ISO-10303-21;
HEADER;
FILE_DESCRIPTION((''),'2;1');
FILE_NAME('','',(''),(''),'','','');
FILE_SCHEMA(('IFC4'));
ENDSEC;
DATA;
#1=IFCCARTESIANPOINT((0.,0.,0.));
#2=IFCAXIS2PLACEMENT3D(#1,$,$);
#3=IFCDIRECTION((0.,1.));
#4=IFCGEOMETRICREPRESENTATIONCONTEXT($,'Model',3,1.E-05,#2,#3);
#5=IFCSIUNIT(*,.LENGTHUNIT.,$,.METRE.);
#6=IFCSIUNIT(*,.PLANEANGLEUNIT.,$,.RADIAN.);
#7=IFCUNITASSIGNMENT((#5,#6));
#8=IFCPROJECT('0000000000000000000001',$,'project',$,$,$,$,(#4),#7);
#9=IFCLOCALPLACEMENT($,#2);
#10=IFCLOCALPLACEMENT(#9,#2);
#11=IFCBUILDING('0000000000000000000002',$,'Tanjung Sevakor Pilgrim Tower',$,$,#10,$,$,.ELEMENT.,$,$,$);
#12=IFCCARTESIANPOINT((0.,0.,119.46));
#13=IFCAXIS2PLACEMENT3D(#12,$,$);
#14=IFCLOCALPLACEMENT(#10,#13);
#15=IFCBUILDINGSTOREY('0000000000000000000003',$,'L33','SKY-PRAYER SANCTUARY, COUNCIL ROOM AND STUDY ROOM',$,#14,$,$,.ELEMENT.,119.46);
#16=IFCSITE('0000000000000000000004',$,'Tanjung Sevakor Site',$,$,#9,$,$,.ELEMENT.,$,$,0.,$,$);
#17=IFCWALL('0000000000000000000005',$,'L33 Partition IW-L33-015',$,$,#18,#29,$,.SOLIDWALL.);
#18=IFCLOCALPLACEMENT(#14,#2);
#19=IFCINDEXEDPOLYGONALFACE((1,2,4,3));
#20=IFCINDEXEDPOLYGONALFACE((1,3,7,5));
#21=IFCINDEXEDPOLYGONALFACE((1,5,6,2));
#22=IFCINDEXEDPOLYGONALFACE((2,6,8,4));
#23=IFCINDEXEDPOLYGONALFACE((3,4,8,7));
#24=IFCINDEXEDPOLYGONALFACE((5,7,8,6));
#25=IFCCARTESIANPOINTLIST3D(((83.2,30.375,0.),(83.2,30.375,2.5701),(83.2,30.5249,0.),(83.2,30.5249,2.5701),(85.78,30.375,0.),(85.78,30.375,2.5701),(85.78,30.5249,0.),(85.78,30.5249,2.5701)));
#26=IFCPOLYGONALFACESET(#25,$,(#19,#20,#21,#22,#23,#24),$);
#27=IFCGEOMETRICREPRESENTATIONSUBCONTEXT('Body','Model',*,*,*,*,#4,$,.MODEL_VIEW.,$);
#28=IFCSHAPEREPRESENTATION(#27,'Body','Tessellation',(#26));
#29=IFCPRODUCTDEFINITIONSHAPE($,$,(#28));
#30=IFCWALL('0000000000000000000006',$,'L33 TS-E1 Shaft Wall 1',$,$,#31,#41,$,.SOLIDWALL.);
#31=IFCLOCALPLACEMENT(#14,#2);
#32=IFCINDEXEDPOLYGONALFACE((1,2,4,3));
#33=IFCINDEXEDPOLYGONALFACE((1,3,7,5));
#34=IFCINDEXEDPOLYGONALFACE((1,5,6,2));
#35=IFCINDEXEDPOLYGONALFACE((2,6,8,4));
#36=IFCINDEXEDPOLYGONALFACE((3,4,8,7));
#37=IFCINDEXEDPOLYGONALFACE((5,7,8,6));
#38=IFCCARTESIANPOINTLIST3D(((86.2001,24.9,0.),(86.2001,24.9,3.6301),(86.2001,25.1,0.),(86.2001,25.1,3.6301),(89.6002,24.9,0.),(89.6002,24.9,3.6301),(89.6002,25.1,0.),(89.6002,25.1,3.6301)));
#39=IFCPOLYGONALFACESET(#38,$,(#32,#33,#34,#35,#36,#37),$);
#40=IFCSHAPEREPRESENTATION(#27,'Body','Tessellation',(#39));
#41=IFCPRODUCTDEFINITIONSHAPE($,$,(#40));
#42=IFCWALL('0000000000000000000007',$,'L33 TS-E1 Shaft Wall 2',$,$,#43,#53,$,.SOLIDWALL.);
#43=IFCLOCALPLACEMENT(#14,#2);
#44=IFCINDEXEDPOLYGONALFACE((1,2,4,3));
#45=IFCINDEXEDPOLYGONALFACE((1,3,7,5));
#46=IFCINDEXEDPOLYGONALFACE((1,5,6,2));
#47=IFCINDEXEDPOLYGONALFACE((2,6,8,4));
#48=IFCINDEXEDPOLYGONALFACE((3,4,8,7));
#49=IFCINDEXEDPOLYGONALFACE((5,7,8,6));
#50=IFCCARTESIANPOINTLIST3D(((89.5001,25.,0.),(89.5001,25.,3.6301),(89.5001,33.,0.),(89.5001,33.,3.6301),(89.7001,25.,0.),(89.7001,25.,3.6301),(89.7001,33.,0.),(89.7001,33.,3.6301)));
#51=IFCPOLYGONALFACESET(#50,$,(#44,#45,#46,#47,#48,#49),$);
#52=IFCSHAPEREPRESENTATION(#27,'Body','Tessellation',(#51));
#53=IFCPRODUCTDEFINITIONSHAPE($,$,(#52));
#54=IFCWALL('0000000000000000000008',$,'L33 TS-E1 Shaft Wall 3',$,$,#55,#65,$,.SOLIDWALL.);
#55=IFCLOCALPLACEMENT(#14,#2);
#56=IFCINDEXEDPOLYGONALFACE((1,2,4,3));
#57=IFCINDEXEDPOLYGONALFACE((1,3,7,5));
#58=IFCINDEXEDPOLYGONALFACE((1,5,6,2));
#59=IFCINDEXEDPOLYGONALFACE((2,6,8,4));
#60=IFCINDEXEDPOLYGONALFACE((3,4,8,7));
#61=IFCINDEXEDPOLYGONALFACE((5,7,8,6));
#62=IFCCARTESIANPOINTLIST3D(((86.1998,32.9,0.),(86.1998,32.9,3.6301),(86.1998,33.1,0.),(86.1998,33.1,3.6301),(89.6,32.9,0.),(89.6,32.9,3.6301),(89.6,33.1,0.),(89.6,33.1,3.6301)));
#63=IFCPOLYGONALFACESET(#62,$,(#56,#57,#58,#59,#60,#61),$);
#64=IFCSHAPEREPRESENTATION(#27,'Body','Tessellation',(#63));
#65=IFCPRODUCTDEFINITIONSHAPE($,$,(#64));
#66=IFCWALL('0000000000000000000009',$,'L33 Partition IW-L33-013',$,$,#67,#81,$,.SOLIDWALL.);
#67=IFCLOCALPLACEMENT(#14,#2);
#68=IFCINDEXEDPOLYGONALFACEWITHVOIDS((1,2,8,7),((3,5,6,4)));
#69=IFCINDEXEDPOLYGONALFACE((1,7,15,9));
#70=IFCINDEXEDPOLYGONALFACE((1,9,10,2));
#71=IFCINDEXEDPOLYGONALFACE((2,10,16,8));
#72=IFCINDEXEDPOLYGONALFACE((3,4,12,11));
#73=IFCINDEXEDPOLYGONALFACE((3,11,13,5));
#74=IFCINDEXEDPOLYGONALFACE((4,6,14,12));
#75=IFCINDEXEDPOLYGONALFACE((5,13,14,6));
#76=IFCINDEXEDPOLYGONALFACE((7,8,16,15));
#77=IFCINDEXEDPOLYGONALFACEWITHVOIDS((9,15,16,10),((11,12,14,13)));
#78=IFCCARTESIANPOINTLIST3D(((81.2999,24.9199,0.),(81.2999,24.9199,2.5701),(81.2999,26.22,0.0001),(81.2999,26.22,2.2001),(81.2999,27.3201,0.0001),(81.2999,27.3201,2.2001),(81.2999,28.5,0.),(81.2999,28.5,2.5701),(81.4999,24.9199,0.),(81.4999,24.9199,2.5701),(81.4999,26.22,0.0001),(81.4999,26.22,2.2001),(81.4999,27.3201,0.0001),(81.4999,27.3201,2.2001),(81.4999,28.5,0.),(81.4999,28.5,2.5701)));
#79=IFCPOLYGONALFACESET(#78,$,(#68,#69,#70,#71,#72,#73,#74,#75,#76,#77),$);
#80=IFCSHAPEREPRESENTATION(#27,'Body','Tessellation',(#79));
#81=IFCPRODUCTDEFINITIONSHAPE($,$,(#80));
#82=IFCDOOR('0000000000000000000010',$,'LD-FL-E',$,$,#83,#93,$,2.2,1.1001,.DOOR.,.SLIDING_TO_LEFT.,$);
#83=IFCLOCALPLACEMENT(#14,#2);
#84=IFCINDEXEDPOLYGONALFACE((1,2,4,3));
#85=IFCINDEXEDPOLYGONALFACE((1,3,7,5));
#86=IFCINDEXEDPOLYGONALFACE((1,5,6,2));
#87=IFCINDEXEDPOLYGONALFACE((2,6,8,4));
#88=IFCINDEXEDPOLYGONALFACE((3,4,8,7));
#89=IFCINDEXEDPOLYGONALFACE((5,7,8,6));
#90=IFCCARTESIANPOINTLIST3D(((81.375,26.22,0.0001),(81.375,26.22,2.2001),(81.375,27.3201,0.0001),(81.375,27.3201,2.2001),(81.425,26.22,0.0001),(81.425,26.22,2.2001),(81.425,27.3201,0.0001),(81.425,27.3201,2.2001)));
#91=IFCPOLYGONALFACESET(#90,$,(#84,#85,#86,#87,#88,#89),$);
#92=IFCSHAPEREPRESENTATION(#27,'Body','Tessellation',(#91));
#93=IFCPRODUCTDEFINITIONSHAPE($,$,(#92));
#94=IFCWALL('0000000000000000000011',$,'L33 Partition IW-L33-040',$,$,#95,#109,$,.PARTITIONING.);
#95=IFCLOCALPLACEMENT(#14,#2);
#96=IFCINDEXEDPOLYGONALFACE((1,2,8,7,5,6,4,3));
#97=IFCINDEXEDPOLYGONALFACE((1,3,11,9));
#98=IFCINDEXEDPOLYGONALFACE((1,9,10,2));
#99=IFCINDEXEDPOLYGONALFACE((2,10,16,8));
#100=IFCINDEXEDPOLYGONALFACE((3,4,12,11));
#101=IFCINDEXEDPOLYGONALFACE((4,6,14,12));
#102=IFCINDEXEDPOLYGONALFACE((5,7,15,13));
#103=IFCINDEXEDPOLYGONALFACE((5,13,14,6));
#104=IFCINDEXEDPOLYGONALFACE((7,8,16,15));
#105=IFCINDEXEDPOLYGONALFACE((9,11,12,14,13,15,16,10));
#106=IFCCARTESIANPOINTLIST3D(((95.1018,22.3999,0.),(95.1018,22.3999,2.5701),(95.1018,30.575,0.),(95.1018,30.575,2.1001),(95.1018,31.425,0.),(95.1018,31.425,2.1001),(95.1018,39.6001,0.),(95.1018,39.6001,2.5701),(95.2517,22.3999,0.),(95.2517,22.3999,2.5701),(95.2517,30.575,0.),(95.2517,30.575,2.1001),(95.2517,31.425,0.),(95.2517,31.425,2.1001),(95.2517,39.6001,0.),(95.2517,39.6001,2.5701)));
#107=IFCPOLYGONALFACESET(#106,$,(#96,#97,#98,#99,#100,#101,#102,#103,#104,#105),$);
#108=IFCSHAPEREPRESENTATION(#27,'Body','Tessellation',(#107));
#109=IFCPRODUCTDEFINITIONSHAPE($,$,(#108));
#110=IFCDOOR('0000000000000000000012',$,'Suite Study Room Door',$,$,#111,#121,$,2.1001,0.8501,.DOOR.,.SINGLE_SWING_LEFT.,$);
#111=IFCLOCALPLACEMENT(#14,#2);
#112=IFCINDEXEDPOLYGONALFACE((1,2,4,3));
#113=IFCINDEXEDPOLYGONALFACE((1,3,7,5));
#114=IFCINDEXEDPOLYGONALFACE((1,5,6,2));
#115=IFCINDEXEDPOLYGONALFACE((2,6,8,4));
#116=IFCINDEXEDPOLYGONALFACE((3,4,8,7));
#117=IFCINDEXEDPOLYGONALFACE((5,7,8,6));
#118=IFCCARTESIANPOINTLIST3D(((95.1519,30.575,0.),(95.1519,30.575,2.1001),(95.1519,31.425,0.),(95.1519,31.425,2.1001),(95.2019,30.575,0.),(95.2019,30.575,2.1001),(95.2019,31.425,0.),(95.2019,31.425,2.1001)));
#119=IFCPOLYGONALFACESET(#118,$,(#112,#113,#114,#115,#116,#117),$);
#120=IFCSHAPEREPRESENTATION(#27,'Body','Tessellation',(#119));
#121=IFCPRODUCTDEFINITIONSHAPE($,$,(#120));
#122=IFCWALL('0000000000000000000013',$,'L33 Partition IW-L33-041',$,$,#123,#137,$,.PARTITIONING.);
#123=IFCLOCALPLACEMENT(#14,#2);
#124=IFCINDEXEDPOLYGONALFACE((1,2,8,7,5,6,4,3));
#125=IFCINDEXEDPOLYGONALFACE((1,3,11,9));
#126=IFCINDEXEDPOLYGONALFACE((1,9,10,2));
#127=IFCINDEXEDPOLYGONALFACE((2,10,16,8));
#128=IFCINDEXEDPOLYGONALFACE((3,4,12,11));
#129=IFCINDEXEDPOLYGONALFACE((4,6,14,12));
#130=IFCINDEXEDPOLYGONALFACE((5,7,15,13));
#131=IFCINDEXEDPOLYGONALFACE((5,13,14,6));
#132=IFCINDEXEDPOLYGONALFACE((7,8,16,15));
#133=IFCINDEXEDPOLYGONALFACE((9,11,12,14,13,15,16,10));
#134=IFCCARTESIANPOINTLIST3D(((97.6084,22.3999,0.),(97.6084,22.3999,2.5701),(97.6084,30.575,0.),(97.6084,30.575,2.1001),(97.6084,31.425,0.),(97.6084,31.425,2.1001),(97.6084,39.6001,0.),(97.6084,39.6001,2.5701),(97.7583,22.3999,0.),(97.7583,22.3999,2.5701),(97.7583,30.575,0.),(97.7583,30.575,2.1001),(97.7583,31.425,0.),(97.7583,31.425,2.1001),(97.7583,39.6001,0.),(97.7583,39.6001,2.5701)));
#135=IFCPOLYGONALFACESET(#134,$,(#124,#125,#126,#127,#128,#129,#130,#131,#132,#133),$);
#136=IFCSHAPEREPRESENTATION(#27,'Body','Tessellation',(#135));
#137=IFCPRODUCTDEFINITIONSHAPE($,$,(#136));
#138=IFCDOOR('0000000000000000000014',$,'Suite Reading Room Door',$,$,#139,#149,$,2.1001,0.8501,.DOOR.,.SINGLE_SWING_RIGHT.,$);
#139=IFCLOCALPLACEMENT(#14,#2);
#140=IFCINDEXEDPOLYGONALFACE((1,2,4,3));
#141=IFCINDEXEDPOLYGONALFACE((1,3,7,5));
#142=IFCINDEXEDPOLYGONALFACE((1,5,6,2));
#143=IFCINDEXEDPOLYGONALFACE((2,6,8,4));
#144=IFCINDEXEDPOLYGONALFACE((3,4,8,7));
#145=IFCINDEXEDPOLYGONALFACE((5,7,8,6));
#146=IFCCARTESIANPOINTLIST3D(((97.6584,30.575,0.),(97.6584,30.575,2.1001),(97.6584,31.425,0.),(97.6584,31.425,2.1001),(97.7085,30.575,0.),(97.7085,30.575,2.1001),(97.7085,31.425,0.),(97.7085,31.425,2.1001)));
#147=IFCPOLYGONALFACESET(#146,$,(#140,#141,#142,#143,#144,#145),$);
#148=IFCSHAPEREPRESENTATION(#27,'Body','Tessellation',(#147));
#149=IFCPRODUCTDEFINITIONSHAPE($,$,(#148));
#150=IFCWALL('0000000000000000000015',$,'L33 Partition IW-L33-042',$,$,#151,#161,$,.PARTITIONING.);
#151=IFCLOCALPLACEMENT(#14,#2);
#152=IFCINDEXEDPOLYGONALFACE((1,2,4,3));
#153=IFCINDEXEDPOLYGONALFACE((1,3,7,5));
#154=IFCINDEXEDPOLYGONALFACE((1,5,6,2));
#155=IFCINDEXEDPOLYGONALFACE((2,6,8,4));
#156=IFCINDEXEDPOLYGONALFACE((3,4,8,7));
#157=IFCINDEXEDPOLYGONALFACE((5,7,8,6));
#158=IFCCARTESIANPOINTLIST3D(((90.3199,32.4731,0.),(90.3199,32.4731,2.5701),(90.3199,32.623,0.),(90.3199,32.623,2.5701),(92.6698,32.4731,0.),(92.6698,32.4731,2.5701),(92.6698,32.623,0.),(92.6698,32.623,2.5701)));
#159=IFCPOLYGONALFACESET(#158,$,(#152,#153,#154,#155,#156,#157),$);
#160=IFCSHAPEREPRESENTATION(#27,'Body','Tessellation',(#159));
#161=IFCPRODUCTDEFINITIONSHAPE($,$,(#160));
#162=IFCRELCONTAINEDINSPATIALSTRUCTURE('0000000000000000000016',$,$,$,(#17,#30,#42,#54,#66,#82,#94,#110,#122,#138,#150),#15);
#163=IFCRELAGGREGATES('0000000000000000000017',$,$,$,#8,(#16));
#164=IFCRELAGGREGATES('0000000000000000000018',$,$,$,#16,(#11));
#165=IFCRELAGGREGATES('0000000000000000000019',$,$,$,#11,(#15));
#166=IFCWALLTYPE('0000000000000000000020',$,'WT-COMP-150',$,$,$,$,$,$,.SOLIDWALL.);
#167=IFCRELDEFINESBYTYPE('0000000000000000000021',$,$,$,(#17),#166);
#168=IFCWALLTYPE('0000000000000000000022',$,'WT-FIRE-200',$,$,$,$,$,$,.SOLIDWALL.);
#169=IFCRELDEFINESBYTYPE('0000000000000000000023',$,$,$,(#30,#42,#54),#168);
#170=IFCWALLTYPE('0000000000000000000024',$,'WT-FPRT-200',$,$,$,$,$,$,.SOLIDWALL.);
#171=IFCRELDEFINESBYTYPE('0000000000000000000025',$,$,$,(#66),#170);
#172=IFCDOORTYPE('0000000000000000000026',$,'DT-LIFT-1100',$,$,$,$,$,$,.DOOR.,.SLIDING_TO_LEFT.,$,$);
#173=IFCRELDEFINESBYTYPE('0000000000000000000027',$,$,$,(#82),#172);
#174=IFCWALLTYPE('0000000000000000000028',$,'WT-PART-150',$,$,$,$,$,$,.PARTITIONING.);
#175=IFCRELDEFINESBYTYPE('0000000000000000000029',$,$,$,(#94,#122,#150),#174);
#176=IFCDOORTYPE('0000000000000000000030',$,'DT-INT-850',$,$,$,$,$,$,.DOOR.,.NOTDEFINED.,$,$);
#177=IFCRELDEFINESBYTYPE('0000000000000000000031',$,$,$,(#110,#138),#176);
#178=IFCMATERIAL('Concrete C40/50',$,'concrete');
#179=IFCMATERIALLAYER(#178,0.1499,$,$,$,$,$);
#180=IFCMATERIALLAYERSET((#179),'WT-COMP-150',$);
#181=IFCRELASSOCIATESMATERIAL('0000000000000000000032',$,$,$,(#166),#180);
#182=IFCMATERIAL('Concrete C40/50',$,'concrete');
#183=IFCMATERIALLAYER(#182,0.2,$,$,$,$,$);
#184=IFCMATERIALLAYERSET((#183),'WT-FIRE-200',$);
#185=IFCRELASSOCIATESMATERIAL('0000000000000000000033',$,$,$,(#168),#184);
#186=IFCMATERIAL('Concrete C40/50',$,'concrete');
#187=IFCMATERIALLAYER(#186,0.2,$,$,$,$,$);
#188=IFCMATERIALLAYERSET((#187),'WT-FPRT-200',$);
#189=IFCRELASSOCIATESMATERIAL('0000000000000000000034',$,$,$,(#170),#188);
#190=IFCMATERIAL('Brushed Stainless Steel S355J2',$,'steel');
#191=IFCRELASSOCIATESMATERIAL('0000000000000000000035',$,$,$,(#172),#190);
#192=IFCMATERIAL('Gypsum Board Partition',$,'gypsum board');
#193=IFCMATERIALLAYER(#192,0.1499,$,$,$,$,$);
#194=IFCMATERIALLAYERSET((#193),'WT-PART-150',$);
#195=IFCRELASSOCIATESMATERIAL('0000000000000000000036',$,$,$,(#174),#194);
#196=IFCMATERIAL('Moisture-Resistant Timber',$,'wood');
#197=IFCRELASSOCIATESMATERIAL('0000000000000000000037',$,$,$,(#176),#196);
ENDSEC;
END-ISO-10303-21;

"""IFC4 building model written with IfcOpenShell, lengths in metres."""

from ifc_helpers import new_model, si_unit, direction, frame, frame_2d, origin, place, context, subcontext, project, spatial, rectangle, extrude, material, layer, layer_set, type_object, element, fill, save


model = new_model("IFC4")

# Units and contexts
model_context = context("Model", 3, precision=1e-05, world=origin(), true_north=direction((0.0, 1.0)))
body_context = subcontext(model_context, "Body", "Model", "MODEL_VIEW")
ifc_project = project(units=[si_unit("LENGTHUNIT", "METRE"), si_unit("PLANEANGLEUNIT", "RADIAN")], contexts=[model_context])

# Site, building, storey
site_placement = place(None, origin())
site = spatial("IfcSite", under=ifc_project, at=site_placement, Name="Tanjung Sevakor Site", CompositionType="ELEMENT", RefElevation=0.0)
building_placement = place(site_placement, origin())
building = spatial("IfcBuilding", under=site, at=building_placement, Name="Tanjung Sevakor Pilgrim Tower", CompositionType="ELEMENT")
storey_placement = place(building_placement, frame((0.0, 0.0, 119.46)))
storey = spatial("IfcBuildingStorey", under=building, at=storey_placement, Name="L33", Description="SKY-PRAYER SANCTUARY, COUNCIL ROOM AND STUDY ROOM", CompositionType="ELEMENT", Elevation=119.46)

# Wall
ifc_material_1 = material(Name="Concrete C40/50", Category="concrete")
ifc_layer_1 = layer(ifc_material_1, 0.1499)
ifc_layer_set_1 = layer_set([ifc_layer_1], Name="WT-COMP-150")
wall_type_1 = type_object("IfcWallType", Name="WT-COMP-150", PredefinedType="SOLIDWALL", material=ifc_layer_set_1)
wall_1_placement = place(storey_placement, frame((83.2, 30.45, 0.0), z_axis=(0.0, 0.0, 1.0), x_axis=(1.0, 0.0, 0.0)))
element("IfcWall", 1, at=wall_1_placement, inside=storey, type_object=wall_type_1, Name="L33 Partition IW-L33-015", PredefinedType="SOLIDWALL", context=body_context, shape_type="SweptSolid", body=[
    extrude(rectangle(XDim=2.5801, YDim=0.1499, at=frame_2d((1.29, 0.0))), origin(), (0.0, 0.0, 1.0), 2.5701),
])

# Walls
ifc_material_2 = material(Name="Concrete C40/50", Category="concrete")
ifc_layer_2 = layer(ifc_material_2, 0.2)
ifc_layer_set_2 = layer_set([ifc_layer_2], Name="WT-FIRE-200")
wall_type_2 = type_object("IfcWallType", Name="WT-FIRE-200", PredefinedType="SOLIDWALL", material=ifc_layer_set_2)
wall_2_placement = place(storey_placement, frame((86.2, 25.0, 0.0), z_axis=(0.0, 0.0, 1.0), x_axis=(1.0, 0.0, 0.0)))
element("IfcWall", 2, at=wall_2_placement, inside=storey, type_object=wall_type_2, Name="L33 TS-E1 Shaft Wall 1", PredefinedType="SOLIDWALL", context=body_context, shape_type="SweptSolid", body=[
    extrude(rectangle(XDim=3.4001, YDim=0.2, at=frame_2d((1.7002, 0.0))), origin(), (0.0, 0.0, 1.0), 3.6301),
])
wall_3_placement = place(storey_placement, frame((89.6001, 25.0, 0.0), z_axis=(0.0, 0.0, 1.0), x_axis=(0.0, 1.0, 0.0)))
element("IfcWall", 3, at=wall_3_placement, inside=storey, type_object=wall_type_2, Name="L33 TS-E1 Shaft Wall 2", PredefinedType="SOLIDWALL", context=body_context, shape_type="SweptSolid", body=[
    extrude(rectangle(XDim=8.0, YDim=0.2, at=frame_2d((4.0, 0.0))), origin(), (0.0, 0.0, 1.0), 3.6301),
])
wall_4_placement = place(storey_placement, frame((89.6001, 33.0, 0.0), z_axis=(0.0, 0.0, 1.0), x_axis=(-1.0, 0.0, 0.0)))
element("IfcWall", 4, at=wall_4_placement, inside=storey, type_object=wall_type_2, Name="L33 TS-E1 Shaft Wall 3", PredefinedType="SOLIDWALL", context=body_context, shape_type="SweptSolid", body=[
    extrude(rectangle(XDim=3.4001, YDim=0.2, at=frame_2d((1.7002, 0.0))), origin(), (0.0, 0.0, 1.0), 3.6301),
])

# Walls, openings, doors
ifc_material_3 = material(Name="Concrete C40/50", Category="concrete")
ifc_layer_3 = layer(ifc_material_3, 0.2)
ifc_layer_set_3 = layer_set([ifc_layer_3], Name="WT-FPRT-200")
wall_type_3 = type_object("IfcWallType", Name="WT-FPRT-200", PredefinedType="SOLIDWALL", material=ifc_layer_set_3)
wall_5_placement = place(storey_placement, frame((81.3999, 24.9199, 0.0), z_axis=(0.0, 0.0, 1.0), x_axis=(0.0, 1.0, 0.0)))
wall_5 = element("IfcWall", 5, at=wall_5_placement, inside=storey, type_object=wall_type_3, Name="L33 Partition IW-L33-013", PredefinedType="SOLIDWALL", context=body_context, shape_type="SweptSolid", body=[
    extrude(rectangle(XDim=3.5801, YDim=0.2, at=frame_2d((1.79, 0.0))), origin(), (0.0, 0.0, 1.0), 2.5701),
])
opening_1_placement = place(wall_5_placement, frame((1.3, 0.0, 0.0)))
opening_1 = element("IfcOpeningElement", 6, at=opening_1_placement, cuts=wall_5, PredefinedType="OPENING", context=body_context, shape_type="SweptSolid", body=[
    extrude(rectangle(XDim=1.1001, YDim=2.2, at=frame_2d((0.55, 1.1001))), frame((0.0, 0.1099, 0.0), z_axis=(0.0, -1.0, 0.0), x_axis=(1.0, 0.0, 0.0)), (0.0, 0.0, 1.0), 0.22),
])
ifc_material_4 = material(Name="Brushed Stainless Steel S355J2", Category="steel")
door_type_1 = type_object("IfcDoorType", Name="DT-LIFT-1100", OperationType="SLIDING_TO_LEFT", PredefinedType="DOOR", material=ifc_material_4)
door_1_placement = place(opening_1_placement, origin())
door_1 = element("IfcDoor", 7, at=door_1_placement, inside=storey, type_object=door_type_1, Name="LD-FL-E", OperationType="SLIDING_TO_LEFT", OverallHeight=2.2, OverallWidth=1.1001, PredefinedType="DOOR", context=body_context, shape_type="SweptSolid", body=[
    extrude(rectangle(XDim=1.1001, YDim=2.2, at=frame_2d((0.55, 1.1001))), frame((0.0, 0.0249, 0.0), z_axis=(0.0, -1.0, 0.0), x_axis=(1.0, 0.0, 0.0)), (0.0, 0.0, 1.0), 0.05),
])
fill(opening_1, door_1)
ifc_material_5 = material(Name="Gypsum Board Partition", Category="gypsum board")
ifc_layer_4 = layer(ifc_material_5, 0.1499)
ifc_layer_set_4 = layer_set([ifc_layer_4], Name="WT-PART-150")
wall_type_4 = type_object("IfcWallType", Name="WT-PART-150", PredefinedType="PARTITIONING", material=ifc_layer_set_4)
wall_6_placement = place(storey_placement, frame((95.1768, 22.3999, 0.0), z_axis=(0.0, 0.0, 1.0), x_axis=(0.0, 1.0, 0.0)))
wall_6 = element("IfcWall", 8, at=wall_6_placement, inside=storey, type_object=wall_type_4, Name="L33 Partition IW-L33-040", PredefinedType="PARTITIONING", context=body_context, shape_type="SweptSolid", body=[
    extrude(rectangle(XDim=17.2002, YDim=0.1499, at=frame_2d((8.6001, 0.0))), origin(), (0.0, 0.0, 1.0), 2.5701),
])
opening_2_placement = place(wall_6_placement, frame((8.175, 0.0, 0.0)))
opening_2 = element("IfcOpeningElement", 9, at=opening_2_placement, cuts=wall_6, PredefinedType="OPENING", context=body_context, shape_type="SweptSolid", body=[
    extrude(rectangle(XDim=0.8501, YDim=2.1001, at=frame_2d((0.425, 1.05))), frame((0.0, 0.085, 0.0), z_axis=(0.0, -1.0, 0.0), x_axis=(1.0, 0.0, 0.0)), (0.0, 0.0, 1.0), 0.1699),
])
ifc_material_6 = material(Name="Moisture-Resistant Timber", Category="wood")
door_type_2 = type_object("IfcDoorType", Name="DT-INT-850", OperationType="NOTDEFINED", PredefinedType="DOOR", material=ifc_material_6)
door_2_placement = place(opening_2_placement, origin())
door_2 = element("IfcDoor", 10, at=door_2_placement, inside=storey, type_object=door_type_2, Name="Suite Study Room Door", OperationType="SINGLE_SWING_LEFT", OverallHeight=2.1001, OverallWidth=0.8501, PredefinedType="DOOR", context=body_context, shape_type="SweptSolid", body=[
    extrude(rectangle(XDim=0.8501, YDim=2.1001, at=frame_2d((0.425, 1.05))), frame((0.0, 0.0249, 0.0), z_axis=(0.0, -1.0, 0.0), x_axis=(1.0, 0.0, 0.0)), (0.0, 0.0, 1.0), 0.05),
])
fill(opening_2, door_2)
wall_7_placement = place(storey_placement, frame((97.6833, 22.3999, 0.0), z_axis=(0.0, 0.0, 1.0), x_axis=(0.0, 1.0, 0.0)))
wall_7 = element("IfcWall", 11, at=wall_7_placement, inside=storey, type_object=wall_type_4, Name="L33 Partition IW-L33-041", PredefinedType="PARTITIONING", context=body_context, shape_type="SweptSolid", body=[
    extrude(rectangle(XDim=17.2002, YDim=0.1499, at=frame_2d((8.6001, 0.0))), origin(), (0.0, 0.0, 1.0), 2.5701),
])
opening_3_placement = place(wall_7_placement, frame((8.175, 0.0, 0.0)))
opening_3 = element("IfcOpeningElement", 12, at=opening_3_placement, cuts=wall_7, PredefinedType="OPENING", context=body_context, shape_type="SweptSolid", body=[
    extrude(rectangle(XDim=0.8501, YDim=2.1001, at=frame_2d((0.425, 1.05))), frame((0.0, 0.085, 0.0), z_axis=(0.0, -1.0, 0.0), x_axis=(1.0, 0.0, 0.0)), (0.0, 0.0, 1.0), 0.1699),
])
door_3_placement = place(opening_3_placement, origin())
door_3 = element("IfcDoor", 13, at=door_3_placement, inside=storey, type_object=door_type_2, Name="Suite Reading Room Door", OperationType="SINGLE_SWING_RIGHT", OverallHeight=2.1001, OverallWidth=0.8501, PredefinedType="DOOR", context=body_context, shape_type="SweptSolid", body=[
    extrude(rectangle(XDim=0.8501, YDim=2.1001, at=frame_2d((0.425, 1.05))), frame((0.0, 0.0249, 0.0), z_axis=(0.0, -1.0, 0.0), x_axis=(1.0, 0.0, 0.0)), (0.0, 0.0, 1.0), 0.05),
])
fill(opening_3, door_3)

# Wall
wall_8_placement = place(storey_placement, frame((90.3201, 32.5481, 0.0), z_axis=(0.0, 0.0, 1.0), x_axis=(1.0, 0.0, 0.0)))
element("IfcWall", 14, at=wall_8_placement, inside=storey, type_object=wall_type_4, Name="L33 Partition IW-L33-042", PredefinedType="PARTITIONING", context=body_context, shape_type="SweptSolid", body=[
    extrude(rectangle(XDim=2.3499, YDim=0.1499, at=frame_2d((1.1748, 0.0))), origin(), (0.0, 0.0, 1.0), 2.5701),
])

save(model, "model.ifc")
